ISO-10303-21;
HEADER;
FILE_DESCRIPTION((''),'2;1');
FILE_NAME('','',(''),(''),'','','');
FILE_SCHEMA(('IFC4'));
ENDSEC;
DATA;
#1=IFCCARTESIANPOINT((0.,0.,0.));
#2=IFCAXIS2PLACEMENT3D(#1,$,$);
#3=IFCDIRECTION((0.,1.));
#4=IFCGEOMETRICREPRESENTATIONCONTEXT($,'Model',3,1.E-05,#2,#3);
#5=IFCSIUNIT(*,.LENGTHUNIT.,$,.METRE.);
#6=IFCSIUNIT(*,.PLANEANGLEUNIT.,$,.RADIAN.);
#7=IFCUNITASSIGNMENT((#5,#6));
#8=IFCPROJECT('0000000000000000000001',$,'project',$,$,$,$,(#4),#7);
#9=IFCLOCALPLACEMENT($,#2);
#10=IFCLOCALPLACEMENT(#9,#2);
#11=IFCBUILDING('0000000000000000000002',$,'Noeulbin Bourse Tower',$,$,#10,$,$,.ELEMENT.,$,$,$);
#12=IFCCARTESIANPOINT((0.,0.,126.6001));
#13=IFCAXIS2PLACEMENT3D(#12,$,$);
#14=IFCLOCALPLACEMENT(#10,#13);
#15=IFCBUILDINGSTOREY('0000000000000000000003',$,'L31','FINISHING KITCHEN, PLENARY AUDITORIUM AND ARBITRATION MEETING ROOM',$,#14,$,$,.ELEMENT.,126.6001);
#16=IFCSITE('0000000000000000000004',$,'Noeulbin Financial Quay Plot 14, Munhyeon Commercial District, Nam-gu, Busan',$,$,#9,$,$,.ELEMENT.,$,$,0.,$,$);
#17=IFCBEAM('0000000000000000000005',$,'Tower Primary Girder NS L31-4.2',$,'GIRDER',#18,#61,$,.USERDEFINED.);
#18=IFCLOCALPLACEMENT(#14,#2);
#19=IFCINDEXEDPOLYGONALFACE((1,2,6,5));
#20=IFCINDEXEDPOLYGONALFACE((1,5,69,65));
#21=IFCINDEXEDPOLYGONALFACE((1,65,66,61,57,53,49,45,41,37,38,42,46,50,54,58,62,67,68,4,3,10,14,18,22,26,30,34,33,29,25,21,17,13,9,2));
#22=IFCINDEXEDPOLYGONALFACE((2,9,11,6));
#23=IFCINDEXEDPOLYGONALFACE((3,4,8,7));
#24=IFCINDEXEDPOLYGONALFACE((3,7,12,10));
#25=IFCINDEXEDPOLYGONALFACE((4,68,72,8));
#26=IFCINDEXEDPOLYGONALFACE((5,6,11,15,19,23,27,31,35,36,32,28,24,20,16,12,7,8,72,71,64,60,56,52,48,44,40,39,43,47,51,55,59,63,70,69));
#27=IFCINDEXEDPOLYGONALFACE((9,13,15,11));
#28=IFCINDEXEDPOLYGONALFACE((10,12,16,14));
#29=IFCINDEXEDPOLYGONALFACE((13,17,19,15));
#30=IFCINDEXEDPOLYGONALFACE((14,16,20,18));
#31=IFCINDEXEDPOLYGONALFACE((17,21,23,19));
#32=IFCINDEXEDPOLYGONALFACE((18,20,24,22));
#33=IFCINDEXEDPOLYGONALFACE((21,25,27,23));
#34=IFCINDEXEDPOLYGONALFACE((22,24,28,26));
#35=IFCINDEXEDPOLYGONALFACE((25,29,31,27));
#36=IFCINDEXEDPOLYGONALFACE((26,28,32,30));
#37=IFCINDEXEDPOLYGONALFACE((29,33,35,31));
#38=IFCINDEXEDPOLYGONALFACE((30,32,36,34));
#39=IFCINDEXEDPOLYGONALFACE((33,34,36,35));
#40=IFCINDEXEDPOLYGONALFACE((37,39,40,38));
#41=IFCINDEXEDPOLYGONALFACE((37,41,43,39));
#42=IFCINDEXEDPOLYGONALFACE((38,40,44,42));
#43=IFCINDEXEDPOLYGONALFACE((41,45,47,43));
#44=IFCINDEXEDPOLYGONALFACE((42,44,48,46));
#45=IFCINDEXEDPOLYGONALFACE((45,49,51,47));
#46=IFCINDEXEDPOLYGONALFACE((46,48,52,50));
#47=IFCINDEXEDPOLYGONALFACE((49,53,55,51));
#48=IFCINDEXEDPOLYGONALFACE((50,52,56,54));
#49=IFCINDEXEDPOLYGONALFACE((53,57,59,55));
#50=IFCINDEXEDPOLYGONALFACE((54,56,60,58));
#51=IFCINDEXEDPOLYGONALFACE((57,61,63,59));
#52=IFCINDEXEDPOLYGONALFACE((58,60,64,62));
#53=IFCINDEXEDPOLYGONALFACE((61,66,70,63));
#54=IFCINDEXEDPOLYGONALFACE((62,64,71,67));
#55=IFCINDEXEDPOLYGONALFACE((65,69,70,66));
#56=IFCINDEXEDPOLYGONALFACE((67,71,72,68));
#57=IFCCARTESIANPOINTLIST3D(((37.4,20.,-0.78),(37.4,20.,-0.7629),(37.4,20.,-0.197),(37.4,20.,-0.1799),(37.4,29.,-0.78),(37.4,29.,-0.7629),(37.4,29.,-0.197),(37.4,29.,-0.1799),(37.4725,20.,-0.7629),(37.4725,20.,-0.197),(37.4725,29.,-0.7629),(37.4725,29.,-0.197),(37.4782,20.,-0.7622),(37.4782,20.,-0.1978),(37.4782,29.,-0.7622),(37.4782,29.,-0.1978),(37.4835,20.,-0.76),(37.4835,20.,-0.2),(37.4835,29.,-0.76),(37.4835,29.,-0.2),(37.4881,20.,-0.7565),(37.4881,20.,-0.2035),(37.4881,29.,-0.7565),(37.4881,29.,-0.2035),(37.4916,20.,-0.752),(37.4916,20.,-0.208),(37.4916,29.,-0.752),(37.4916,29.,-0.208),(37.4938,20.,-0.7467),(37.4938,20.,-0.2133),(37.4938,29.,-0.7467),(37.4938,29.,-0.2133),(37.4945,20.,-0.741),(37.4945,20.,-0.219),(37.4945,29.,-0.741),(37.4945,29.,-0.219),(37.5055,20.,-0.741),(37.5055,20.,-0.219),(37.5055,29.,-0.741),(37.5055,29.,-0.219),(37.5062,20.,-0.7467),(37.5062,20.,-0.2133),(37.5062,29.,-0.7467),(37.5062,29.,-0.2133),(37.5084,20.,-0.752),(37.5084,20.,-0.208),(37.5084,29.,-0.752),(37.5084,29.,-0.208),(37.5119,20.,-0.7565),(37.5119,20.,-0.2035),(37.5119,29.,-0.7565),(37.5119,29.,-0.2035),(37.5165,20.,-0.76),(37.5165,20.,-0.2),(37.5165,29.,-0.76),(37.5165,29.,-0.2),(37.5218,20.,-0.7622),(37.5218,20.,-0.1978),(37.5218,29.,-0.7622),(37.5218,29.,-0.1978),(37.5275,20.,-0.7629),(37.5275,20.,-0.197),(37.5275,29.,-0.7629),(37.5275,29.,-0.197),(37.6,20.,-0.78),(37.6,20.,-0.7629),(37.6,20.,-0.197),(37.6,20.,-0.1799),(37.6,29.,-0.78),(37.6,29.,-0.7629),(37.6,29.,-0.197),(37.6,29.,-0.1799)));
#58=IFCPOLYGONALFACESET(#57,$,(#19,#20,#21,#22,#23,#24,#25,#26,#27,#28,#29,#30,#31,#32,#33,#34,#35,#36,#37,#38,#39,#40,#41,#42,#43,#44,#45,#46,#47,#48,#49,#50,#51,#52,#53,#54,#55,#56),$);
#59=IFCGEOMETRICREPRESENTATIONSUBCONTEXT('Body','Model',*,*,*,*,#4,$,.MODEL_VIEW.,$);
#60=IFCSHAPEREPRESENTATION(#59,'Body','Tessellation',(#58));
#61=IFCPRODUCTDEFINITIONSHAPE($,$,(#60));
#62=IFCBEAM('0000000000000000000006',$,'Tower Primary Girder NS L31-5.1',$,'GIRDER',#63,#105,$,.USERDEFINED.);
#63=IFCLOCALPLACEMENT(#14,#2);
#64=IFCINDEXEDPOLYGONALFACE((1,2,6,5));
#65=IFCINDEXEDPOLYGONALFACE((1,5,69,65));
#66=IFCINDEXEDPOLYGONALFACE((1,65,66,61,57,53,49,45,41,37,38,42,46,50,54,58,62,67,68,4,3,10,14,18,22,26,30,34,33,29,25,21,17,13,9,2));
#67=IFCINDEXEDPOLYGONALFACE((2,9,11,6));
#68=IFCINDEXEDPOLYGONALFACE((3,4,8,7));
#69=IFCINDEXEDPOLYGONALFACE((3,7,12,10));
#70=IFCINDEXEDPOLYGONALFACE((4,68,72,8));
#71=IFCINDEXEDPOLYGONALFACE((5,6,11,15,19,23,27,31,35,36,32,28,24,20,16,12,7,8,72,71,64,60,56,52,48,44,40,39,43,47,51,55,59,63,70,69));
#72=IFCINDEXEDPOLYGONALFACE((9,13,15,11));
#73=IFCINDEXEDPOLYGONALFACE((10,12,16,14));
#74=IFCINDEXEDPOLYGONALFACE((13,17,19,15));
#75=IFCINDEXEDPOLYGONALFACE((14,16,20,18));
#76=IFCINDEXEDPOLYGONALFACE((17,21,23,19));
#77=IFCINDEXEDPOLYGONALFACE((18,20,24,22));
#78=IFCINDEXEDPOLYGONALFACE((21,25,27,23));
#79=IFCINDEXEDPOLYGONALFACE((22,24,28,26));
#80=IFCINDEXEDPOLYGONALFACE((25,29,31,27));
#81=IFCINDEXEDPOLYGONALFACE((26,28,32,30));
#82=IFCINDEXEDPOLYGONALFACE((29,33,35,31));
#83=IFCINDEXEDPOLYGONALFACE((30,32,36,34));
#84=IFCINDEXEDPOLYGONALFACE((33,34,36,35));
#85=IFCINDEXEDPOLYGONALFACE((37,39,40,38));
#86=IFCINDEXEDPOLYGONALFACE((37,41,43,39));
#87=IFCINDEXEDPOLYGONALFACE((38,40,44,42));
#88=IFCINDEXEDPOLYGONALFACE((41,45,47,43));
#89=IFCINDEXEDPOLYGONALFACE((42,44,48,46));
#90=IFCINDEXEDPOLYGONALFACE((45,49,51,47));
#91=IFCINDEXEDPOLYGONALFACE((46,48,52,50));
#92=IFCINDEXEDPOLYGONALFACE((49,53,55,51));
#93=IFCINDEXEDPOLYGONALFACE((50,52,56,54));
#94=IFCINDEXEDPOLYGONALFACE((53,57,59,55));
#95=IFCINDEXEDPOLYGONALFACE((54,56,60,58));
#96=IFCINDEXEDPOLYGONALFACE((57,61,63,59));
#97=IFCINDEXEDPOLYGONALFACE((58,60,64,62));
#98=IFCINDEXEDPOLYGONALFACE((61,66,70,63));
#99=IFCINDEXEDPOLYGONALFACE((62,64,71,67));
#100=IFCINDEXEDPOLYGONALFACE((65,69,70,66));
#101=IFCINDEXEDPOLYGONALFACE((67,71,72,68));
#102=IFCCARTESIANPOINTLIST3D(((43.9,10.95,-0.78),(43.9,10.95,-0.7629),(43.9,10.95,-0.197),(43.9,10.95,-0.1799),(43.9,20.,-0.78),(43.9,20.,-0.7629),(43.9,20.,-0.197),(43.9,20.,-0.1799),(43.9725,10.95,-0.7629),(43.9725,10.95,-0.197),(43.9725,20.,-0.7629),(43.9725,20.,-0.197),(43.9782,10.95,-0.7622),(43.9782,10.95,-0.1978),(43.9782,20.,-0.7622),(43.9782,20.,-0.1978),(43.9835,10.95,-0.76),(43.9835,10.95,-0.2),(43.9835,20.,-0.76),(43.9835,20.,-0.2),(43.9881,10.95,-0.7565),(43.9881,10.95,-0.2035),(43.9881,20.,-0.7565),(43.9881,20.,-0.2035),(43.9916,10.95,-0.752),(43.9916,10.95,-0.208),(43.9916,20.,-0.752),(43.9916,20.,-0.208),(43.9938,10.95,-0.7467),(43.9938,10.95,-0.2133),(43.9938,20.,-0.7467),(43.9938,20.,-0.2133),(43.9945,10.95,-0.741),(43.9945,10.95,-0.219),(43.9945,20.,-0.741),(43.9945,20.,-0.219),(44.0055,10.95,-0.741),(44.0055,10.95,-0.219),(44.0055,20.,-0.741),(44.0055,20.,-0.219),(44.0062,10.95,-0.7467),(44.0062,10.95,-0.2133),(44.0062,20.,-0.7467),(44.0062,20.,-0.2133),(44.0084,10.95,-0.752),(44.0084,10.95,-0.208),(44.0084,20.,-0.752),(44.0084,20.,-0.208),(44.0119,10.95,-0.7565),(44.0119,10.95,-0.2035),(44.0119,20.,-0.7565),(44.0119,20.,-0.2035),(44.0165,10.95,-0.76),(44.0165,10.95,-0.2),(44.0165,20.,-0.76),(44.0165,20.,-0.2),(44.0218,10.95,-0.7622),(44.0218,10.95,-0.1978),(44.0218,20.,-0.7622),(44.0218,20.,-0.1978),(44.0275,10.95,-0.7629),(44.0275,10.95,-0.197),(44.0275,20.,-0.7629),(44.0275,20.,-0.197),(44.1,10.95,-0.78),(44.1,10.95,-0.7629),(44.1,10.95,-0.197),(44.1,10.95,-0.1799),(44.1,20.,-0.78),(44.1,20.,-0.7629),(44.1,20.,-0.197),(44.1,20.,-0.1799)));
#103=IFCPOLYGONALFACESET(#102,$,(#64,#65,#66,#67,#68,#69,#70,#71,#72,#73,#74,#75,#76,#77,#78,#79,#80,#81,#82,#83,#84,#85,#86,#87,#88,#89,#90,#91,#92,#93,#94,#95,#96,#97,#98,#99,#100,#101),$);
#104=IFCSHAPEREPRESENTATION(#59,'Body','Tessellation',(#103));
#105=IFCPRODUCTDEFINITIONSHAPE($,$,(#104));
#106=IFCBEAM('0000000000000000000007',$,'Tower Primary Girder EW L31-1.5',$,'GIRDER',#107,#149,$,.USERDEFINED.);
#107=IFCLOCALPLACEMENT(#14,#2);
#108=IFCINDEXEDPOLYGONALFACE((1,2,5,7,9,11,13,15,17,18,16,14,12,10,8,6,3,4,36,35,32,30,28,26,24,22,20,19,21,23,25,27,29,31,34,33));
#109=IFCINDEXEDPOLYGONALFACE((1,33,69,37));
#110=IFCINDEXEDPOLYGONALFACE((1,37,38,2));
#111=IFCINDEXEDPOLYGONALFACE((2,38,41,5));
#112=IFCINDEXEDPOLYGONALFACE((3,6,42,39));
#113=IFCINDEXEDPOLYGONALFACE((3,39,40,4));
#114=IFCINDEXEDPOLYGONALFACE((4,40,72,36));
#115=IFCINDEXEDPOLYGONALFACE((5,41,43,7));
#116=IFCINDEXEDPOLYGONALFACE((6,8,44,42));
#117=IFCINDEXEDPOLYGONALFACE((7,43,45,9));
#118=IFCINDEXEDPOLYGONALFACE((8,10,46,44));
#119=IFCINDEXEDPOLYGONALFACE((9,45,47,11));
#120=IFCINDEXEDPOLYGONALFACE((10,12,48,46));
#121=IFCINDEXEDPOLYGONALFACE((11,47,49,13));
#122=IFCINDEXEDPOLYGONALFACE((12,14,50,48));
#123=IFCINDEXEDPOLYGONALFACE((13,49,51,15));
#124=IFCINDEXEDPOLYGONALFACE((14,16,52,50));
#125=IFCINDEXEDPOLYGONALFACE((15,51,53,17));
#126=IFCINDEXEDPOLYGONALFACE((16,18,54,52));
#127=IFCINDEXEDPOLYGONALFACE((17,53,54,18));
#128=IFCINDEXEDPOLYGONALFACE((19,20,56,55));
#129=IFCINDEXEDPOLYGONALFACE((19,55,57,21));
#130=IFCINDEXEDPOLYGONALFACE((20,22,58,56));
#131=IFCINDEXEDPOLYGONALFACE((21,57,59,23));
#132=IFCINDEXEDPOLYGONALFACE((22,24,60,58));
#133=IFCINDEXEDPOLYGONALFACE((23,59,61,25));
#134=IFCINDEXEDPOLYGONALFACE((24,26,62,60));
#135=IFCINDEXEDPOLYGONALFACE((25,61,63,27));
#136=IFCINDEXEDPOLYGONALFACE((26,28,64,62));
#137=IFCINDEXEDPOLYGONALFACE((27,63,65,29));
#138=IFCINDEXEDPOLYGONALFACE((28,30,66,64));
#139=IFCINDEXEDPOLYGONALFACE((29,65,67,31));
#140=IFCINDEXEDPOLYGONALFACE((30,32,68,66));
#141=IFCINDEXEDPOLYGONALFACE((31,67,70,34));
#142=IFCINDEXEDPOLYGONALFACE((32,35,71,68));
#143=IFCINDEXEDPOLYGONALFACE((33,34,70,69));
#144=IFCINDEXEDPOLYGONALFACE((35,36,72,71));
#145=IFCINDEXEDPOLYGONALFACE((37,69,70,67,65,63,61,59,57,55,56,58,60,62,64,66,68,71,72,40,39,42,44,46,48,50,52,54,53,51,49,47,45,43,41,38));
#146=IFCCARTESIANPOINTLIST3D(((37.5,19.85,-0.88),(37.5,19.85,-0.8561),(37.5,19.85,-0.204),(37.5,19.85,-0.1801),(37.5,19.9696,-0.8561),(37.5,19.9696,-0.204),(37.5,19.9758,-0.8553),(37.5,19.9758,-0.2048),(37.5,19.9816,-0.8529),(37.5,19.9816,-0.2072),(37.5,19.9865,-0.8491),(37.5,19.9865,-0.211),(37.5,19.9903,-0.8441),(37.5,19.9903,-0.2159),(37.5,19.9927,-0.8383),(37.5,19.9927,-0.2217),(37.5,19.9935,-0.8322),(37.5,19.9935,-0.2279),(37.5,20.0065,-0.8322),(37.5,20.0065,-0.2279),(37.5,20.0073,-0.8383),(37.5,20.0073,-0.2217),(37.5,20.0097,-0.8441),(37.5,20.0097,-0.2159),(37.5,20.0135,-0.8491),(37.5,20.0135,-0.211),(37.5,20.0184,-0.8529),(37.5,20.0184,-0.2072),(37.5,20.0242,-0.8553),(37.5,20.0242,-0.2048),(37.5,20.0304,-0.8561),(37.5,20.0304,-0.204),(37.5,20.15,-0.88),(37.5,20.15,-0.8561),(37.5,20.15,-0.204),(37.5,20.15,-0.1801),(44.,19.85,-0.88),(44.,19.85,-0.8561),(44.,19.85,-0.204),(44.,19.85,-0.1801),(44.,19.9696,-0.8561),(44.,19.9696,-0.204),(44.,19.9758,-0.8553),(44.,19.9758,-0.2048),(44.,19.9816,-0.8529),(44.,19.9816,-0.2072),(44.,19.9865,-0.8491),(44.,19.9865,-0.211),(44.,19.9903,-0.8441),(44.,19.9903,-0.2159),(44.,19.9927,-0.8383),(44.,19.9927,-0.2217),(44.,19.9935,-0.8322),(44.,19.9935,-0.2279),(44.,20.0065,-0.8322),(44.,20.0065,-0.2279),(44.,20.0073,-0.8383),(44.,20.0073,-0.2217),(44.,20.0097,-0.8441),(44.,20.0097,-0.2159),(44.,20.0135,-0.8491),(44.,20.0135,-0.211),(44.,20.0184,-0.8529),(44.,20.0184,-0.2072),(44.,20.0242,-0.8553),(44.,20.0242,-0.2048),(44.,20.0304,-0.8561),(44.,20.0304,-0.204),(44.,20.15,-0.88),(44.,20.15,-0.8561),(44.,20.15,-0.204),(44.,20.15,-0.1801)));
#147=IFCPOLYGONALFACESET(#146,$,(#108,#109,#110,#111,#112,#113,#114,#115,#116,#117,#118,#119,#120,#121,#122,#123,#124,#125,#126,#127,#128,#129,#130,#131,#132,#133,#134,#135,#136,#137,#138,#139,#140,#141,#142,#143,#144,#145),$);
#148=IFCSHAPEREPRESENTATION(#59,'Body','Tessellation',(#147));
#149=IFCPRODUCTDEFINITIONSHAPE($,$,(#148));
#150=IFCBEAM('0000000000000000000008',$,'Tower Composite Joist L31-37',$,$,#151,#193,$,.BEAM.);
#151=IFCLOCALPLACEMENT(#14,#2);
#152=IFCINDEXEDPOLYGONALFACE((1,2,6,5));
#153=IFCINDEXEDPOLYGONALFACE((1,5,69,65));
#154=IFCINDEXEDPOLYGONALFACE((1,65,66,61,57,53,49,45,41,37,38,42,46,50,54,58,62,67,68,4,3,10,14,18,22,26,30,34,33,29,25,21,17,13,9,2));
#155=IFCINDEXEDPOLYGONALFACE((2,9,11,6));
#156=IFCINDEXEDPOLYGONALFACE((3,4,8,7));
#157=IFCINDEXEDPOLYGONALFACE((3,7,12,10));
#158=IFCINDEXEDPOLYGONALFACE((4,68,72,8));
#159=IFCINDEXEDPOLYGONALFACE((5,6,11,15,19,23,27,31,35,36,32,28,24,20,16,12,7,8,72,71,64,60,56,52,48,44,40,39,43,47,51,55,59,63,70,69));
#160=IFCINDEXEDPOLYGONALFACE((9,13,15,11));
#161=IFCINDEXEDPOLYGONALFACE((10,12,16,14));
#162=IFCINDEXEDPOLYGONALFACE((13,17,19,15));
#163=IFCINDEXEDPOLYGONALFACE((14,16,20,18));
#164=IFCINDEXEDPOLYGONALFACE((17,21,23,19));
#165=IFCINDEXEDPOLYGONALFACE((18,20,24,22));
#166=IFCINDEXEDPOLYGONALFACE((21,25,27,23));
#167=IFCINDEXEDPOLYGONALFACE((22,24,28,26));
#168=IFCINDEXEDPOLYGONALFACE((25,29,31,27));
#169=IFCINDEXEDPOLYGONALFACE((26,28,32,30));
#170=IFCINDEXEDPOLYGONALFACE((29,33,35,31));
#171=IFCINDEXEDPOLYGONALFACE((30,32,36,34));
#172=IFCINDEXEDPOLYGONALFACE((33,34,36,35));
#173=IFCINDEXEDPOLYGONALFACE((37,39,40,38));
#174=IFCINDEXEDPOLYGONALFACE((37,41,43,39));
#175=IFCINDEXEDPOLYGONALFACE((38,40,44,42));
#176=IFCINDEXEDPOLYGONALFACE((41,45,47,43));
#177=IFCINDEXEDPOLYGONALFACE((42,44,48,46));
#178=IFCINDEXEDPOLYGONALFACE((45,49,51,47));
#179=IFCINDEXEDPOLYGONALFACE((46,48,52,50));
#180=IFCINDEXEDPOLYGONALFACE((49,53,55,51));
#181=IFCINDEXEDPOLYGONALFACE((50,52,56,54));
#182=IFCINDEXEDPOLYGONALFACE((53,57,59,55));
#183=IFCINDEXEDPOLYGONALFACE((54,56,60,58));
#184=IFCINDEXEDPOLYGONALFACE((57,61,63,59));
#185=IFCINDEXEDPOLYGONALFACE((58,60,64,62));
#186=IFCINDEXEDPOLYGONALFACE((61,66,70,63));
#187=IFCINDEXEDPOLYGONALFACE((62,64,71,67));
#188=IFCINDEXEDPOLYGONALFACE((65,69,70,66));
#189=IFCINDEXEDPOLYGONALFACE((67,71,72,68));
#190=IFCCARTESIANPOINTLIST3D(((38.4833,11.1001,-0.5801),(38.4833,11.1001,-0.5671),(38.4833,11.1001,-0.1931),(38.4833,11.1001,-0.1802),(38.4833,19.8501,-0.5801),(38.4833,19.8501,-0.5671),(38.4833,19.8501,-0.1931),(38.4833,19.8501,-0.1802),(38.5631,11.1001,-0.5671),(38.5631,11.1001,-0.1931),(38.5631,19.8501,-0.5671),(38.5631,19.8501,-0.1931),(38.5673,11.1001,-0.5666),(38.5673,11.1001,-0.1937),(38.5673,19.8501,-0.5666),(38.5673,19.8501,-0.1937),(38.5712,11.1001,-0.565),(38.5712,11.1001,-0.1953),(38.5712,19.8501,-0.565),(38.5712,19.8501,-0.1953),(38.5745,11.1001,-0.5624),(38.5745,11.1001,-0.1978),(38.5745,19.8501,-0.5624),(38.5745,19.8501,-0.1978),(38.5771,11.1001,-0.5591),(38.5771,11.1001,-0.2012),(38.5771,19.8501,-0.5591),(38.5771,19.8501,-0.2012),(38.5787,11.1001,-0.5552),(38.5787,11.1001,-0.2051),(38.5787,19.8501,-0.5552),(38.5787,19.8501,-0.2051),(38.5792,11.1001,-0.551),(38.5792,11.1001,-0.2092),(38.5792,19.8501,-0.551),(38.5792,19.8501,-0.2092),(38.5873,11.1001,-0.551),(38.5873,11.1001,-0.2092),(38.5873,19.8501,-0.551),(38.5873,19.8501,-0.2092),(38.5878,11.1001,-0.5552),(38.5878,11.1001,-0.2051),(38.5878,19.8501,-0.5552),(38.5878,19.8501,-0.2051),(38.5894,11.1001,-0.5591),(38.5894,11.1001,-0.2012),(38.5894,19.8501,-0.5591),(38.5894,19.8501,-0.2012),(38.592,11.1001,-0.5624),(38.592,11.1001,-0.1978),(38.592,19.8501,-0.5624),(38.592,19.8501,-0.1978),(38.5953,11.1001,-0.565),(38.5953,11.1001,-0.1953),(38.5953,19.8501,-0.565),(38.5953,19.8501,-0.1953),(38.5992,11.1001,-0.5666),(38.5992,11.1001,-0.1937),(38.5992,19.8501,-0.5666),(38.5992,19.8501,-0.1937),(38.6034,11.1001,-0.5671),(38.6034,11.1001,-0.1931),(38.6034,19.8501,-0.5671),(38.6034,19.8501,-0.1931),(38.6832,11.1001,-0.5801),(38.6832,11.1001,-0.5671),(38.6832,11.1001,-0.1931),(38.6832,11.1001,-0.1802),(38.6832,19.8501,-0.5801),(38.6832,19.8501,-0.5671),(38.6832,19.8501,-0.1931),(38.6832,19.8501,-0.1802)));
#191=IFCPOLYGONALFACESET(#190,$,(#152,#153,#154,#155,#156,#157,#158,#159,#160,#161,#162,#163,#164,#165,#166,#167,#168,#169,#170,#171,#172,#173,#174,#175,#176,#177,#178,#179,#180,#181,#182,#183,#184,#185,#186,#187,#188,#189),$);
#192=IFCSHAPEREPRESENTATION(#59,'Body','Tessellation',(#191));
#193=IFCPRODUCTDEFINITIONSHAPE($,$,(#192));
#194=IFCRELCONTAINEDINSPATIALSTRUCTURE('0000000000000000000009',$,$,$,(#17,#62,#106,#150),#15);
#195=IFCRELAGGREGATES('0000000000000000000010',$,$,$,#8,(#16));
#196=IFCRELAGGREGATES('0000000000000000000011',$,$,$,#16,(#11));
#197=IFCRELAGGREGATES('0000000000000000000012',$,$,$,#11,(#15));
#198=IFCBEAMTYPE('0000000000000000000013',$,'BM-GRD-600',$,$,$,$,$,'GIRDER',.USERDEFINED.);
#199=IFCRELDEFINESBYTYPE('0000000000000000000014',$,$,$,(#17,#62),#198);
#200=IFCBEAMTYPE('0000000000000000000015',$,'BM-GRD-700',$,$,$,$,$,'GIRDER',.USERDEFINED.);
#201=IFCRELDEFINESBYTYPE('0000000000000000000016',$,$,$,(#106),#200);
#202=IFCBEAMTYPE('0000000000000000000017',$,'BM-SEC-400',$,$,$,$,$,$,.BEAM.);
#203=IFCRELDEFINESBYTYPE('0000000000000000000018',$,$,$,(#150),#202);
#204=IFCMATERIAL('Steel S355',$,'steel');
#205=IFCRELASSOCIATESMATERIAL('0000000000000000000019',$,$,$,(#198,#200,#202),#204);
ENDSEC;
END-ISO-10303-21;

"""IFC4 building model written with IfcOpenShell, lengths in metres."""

from ifc_helpers import new_model, si_unit, direction, frame, origin, origin_2d, place, context, subcontext, project, spatial, i_section, extrude, material, material_profile, profile_set, type_object, element, save


model = new_model("IFC4")

# Units and contexts
model_context = context("Model", 3, precision=1e-05, world=origin(), true_north=direction((0.0, 1.0)))
body_context = subcontext(model_context, "Body", "Model", "MODEL_VIEW")
ifc_project = project(units=[si_unit("LENGTHUNIT", "METRE"), si_unit("PLANEANGLEUNIT", "RADIAN")], contexts=[model_context])

# Site, building, storey
site_placement = place(None, origin())
site = spatial("IfcSite", under=ifc_project, at=site_placement, Name="Noeulbin Financial Quay Plot 14, Munhyeon Commercial District, Nam-gu, Busan", CompositionType="ELEMENT", RefElevation=0.0)
building_placement = place(site_placement, origin())
building = spatial("IfcBuilding", under=site, at=building_placement, Name="Noeulbin Bourse Tower", CompositionType="ELEMENT")
storey_placement = place(building_placement, frame((0.0, 0.0, 126.6001)))
storey = spatial("IfcBuildingStorey", under=building, at=storey_placement, Name="L31", Description="FINISHING KITCHEN, PLENARY AUDITORIUM AND ARBITRATION MEETING ROOM", CompositionType="ELEMENT", Elevation=126.6001)

# Shared definitions
ifc_material_1 = material(Name="Steel S355", Category="steel")

# Beams
ifc_material_profile_1 = material_profile(ifc_material_1, i_section(OverallWidth=0.2, OverallDepth=0.6001, WebThickness=0.011, FlangeThickness=0.0171, FilletRadius=0.022, at=origin_2d()), Name="H-600x200x11x17", Category="LoadBearing")
ifc_profile_set_1 = profile_set([ifc_material_profile_1], Name="Steel S355")
beam_type_1 = type_object("IfcBeamType", Name="BM-GRD-600", ElementType="GIRDER", PredefinedType="USERDEFINED", material=ifc_profile_set_1)
beam_1_placement = place(storey_placement, frame((37.5, 20.0, -0.48), z_axis=(0.0, 1.0, 0.0), x_axis=(-1.0, 0.0, 0.0)))
element("IfcBeam", 1, at=beam_1_placement, inside=storey, type_object=beam_type_1, Name="Tower Primary Girder NS L31-4.2", ObjectType="GIRDER", PredefinedType="USERDEFINED", context=body_context, shape_type="SweptSolid", body=[
    extrude(i_section(OverallWidth=0.2, OverallDepth=0.6001, WebThickness=0.011, FlangeThickness=0.0171, FilletRadius=0.022, at=origin_2d()), origin(), (0.0, 0.0, 1.0), 9.0),
])
beam_2_placement = place(storey_placement, frame((44.0, 10.95, -0.48), z_axis=(0.0, 1.0, 0.0), x_axis=(-1.0, 0.0, 0.0)))
element("IfcBeam", 2, at=beam_2_placement, inside=storey, type_object=beam_type_1, Name="Tower Primary Girder NS L31-5.1", ObjectType="GIRDER", PredefinedType="USERDEFINED", context=body_context, shape_type="SweptSolid", body=[
    extrude(i_section(OverallWidth=0.2, OverallDepth=0.6001, WebThickness=0.011, FlangeThickness=0.0171, FilletRadius=0.022, at=origin_2d()), origin(), (0.0, 0.0, 1.0), 9.05),
])
ifc_material_profile_2 = material_profile(ifc_material_1, i_section(OverallWidth=0.3, OverallDepth=0.7, WebThickness=0.0129, FlangeThickness=0.0239, FilletRadius=0.0239, at=origin_2d()), Name="H-700x300x13x24", Category="LoadBearing")
ifc_profile_set_2 = profile_set([ifc_material_profile_2], Name="Steel S355")
beam_type_2 = type_object("IfcBeamType", Name="BM-GRD-700", ElementType="GIRDER", PredefinedType="USERDEFINED", material=ifc_profile_set_2)
beam_3_placement = place(storey_placement, frame((37.5, 20.0, -0.53), z_axis=(1.0, 0.0, 0.0), x_axis=(0.0, 1.0, 0.0)))
element("IfcBeam", 3, at=beam_3_placement, inside=storey, type_object=beam_type_2, Name="Tower Primary Girder EW L31-1.5", ObjectType="GIRDER", PredefinedType="USERDEFINED", context=body_context, shape_type="SweptSolid", body=[
    extrude(i_section(OverallWidth=0.3, OverallDepth=0.7, WebThickness=0.0129, FlangeThickness=0.0239, FilletRadius=0.0239, at=origin_2d()), origin(), (0.0, 0.0, 1.0), 6.5),
])
ifc_material_profile_3 = material_profile(ifc_material_1, i_section(OverallWidth=0.2, OverallDepth=0.3999, WebThickness=0.0081, FlangeThickness=0.0129, FilletRadius=0.0161, at=origin_2d()), Name="H-400x200x8x13", Category="LoadBearing")
ifc_profile_set_3 = profile_set([ifc_material_profile_3], Name="Steel S355")
beam_type_3 = type_object("IfcBeamType", Name="BM-SEC-400", PredefinedType="BEAM", material=ifc_profile_set_3)
for number, where, z_axis, x_axis, name in (
    (4, (38.5833, 11.1001, -0.3801), (0.0, 1.0, 0.0), (-1.0, 0.0, 0.0), "Tower Composite Joist L31-37"),
):
    element("IfcBeam", number, at=place(storey_placement, frame(where, z_axis=z_axis, x_axis=x_axis)), inside=storey, type_object=beam_type_3, Name=name, PredefinedType="BEAM", context=body_context, shape_type="SweptSolid", body=[
        extrude(i_section(OverallWidth=0.2, OverallDepth=0.3999, WebThickness=0.0081, FlangeThickness=0.0129, FilletRadius=0.0161, at=origin_2d()), origin(), (0.0, 0.0, 1.0), 8.75),
    ])

save(model, "model.ifc")
